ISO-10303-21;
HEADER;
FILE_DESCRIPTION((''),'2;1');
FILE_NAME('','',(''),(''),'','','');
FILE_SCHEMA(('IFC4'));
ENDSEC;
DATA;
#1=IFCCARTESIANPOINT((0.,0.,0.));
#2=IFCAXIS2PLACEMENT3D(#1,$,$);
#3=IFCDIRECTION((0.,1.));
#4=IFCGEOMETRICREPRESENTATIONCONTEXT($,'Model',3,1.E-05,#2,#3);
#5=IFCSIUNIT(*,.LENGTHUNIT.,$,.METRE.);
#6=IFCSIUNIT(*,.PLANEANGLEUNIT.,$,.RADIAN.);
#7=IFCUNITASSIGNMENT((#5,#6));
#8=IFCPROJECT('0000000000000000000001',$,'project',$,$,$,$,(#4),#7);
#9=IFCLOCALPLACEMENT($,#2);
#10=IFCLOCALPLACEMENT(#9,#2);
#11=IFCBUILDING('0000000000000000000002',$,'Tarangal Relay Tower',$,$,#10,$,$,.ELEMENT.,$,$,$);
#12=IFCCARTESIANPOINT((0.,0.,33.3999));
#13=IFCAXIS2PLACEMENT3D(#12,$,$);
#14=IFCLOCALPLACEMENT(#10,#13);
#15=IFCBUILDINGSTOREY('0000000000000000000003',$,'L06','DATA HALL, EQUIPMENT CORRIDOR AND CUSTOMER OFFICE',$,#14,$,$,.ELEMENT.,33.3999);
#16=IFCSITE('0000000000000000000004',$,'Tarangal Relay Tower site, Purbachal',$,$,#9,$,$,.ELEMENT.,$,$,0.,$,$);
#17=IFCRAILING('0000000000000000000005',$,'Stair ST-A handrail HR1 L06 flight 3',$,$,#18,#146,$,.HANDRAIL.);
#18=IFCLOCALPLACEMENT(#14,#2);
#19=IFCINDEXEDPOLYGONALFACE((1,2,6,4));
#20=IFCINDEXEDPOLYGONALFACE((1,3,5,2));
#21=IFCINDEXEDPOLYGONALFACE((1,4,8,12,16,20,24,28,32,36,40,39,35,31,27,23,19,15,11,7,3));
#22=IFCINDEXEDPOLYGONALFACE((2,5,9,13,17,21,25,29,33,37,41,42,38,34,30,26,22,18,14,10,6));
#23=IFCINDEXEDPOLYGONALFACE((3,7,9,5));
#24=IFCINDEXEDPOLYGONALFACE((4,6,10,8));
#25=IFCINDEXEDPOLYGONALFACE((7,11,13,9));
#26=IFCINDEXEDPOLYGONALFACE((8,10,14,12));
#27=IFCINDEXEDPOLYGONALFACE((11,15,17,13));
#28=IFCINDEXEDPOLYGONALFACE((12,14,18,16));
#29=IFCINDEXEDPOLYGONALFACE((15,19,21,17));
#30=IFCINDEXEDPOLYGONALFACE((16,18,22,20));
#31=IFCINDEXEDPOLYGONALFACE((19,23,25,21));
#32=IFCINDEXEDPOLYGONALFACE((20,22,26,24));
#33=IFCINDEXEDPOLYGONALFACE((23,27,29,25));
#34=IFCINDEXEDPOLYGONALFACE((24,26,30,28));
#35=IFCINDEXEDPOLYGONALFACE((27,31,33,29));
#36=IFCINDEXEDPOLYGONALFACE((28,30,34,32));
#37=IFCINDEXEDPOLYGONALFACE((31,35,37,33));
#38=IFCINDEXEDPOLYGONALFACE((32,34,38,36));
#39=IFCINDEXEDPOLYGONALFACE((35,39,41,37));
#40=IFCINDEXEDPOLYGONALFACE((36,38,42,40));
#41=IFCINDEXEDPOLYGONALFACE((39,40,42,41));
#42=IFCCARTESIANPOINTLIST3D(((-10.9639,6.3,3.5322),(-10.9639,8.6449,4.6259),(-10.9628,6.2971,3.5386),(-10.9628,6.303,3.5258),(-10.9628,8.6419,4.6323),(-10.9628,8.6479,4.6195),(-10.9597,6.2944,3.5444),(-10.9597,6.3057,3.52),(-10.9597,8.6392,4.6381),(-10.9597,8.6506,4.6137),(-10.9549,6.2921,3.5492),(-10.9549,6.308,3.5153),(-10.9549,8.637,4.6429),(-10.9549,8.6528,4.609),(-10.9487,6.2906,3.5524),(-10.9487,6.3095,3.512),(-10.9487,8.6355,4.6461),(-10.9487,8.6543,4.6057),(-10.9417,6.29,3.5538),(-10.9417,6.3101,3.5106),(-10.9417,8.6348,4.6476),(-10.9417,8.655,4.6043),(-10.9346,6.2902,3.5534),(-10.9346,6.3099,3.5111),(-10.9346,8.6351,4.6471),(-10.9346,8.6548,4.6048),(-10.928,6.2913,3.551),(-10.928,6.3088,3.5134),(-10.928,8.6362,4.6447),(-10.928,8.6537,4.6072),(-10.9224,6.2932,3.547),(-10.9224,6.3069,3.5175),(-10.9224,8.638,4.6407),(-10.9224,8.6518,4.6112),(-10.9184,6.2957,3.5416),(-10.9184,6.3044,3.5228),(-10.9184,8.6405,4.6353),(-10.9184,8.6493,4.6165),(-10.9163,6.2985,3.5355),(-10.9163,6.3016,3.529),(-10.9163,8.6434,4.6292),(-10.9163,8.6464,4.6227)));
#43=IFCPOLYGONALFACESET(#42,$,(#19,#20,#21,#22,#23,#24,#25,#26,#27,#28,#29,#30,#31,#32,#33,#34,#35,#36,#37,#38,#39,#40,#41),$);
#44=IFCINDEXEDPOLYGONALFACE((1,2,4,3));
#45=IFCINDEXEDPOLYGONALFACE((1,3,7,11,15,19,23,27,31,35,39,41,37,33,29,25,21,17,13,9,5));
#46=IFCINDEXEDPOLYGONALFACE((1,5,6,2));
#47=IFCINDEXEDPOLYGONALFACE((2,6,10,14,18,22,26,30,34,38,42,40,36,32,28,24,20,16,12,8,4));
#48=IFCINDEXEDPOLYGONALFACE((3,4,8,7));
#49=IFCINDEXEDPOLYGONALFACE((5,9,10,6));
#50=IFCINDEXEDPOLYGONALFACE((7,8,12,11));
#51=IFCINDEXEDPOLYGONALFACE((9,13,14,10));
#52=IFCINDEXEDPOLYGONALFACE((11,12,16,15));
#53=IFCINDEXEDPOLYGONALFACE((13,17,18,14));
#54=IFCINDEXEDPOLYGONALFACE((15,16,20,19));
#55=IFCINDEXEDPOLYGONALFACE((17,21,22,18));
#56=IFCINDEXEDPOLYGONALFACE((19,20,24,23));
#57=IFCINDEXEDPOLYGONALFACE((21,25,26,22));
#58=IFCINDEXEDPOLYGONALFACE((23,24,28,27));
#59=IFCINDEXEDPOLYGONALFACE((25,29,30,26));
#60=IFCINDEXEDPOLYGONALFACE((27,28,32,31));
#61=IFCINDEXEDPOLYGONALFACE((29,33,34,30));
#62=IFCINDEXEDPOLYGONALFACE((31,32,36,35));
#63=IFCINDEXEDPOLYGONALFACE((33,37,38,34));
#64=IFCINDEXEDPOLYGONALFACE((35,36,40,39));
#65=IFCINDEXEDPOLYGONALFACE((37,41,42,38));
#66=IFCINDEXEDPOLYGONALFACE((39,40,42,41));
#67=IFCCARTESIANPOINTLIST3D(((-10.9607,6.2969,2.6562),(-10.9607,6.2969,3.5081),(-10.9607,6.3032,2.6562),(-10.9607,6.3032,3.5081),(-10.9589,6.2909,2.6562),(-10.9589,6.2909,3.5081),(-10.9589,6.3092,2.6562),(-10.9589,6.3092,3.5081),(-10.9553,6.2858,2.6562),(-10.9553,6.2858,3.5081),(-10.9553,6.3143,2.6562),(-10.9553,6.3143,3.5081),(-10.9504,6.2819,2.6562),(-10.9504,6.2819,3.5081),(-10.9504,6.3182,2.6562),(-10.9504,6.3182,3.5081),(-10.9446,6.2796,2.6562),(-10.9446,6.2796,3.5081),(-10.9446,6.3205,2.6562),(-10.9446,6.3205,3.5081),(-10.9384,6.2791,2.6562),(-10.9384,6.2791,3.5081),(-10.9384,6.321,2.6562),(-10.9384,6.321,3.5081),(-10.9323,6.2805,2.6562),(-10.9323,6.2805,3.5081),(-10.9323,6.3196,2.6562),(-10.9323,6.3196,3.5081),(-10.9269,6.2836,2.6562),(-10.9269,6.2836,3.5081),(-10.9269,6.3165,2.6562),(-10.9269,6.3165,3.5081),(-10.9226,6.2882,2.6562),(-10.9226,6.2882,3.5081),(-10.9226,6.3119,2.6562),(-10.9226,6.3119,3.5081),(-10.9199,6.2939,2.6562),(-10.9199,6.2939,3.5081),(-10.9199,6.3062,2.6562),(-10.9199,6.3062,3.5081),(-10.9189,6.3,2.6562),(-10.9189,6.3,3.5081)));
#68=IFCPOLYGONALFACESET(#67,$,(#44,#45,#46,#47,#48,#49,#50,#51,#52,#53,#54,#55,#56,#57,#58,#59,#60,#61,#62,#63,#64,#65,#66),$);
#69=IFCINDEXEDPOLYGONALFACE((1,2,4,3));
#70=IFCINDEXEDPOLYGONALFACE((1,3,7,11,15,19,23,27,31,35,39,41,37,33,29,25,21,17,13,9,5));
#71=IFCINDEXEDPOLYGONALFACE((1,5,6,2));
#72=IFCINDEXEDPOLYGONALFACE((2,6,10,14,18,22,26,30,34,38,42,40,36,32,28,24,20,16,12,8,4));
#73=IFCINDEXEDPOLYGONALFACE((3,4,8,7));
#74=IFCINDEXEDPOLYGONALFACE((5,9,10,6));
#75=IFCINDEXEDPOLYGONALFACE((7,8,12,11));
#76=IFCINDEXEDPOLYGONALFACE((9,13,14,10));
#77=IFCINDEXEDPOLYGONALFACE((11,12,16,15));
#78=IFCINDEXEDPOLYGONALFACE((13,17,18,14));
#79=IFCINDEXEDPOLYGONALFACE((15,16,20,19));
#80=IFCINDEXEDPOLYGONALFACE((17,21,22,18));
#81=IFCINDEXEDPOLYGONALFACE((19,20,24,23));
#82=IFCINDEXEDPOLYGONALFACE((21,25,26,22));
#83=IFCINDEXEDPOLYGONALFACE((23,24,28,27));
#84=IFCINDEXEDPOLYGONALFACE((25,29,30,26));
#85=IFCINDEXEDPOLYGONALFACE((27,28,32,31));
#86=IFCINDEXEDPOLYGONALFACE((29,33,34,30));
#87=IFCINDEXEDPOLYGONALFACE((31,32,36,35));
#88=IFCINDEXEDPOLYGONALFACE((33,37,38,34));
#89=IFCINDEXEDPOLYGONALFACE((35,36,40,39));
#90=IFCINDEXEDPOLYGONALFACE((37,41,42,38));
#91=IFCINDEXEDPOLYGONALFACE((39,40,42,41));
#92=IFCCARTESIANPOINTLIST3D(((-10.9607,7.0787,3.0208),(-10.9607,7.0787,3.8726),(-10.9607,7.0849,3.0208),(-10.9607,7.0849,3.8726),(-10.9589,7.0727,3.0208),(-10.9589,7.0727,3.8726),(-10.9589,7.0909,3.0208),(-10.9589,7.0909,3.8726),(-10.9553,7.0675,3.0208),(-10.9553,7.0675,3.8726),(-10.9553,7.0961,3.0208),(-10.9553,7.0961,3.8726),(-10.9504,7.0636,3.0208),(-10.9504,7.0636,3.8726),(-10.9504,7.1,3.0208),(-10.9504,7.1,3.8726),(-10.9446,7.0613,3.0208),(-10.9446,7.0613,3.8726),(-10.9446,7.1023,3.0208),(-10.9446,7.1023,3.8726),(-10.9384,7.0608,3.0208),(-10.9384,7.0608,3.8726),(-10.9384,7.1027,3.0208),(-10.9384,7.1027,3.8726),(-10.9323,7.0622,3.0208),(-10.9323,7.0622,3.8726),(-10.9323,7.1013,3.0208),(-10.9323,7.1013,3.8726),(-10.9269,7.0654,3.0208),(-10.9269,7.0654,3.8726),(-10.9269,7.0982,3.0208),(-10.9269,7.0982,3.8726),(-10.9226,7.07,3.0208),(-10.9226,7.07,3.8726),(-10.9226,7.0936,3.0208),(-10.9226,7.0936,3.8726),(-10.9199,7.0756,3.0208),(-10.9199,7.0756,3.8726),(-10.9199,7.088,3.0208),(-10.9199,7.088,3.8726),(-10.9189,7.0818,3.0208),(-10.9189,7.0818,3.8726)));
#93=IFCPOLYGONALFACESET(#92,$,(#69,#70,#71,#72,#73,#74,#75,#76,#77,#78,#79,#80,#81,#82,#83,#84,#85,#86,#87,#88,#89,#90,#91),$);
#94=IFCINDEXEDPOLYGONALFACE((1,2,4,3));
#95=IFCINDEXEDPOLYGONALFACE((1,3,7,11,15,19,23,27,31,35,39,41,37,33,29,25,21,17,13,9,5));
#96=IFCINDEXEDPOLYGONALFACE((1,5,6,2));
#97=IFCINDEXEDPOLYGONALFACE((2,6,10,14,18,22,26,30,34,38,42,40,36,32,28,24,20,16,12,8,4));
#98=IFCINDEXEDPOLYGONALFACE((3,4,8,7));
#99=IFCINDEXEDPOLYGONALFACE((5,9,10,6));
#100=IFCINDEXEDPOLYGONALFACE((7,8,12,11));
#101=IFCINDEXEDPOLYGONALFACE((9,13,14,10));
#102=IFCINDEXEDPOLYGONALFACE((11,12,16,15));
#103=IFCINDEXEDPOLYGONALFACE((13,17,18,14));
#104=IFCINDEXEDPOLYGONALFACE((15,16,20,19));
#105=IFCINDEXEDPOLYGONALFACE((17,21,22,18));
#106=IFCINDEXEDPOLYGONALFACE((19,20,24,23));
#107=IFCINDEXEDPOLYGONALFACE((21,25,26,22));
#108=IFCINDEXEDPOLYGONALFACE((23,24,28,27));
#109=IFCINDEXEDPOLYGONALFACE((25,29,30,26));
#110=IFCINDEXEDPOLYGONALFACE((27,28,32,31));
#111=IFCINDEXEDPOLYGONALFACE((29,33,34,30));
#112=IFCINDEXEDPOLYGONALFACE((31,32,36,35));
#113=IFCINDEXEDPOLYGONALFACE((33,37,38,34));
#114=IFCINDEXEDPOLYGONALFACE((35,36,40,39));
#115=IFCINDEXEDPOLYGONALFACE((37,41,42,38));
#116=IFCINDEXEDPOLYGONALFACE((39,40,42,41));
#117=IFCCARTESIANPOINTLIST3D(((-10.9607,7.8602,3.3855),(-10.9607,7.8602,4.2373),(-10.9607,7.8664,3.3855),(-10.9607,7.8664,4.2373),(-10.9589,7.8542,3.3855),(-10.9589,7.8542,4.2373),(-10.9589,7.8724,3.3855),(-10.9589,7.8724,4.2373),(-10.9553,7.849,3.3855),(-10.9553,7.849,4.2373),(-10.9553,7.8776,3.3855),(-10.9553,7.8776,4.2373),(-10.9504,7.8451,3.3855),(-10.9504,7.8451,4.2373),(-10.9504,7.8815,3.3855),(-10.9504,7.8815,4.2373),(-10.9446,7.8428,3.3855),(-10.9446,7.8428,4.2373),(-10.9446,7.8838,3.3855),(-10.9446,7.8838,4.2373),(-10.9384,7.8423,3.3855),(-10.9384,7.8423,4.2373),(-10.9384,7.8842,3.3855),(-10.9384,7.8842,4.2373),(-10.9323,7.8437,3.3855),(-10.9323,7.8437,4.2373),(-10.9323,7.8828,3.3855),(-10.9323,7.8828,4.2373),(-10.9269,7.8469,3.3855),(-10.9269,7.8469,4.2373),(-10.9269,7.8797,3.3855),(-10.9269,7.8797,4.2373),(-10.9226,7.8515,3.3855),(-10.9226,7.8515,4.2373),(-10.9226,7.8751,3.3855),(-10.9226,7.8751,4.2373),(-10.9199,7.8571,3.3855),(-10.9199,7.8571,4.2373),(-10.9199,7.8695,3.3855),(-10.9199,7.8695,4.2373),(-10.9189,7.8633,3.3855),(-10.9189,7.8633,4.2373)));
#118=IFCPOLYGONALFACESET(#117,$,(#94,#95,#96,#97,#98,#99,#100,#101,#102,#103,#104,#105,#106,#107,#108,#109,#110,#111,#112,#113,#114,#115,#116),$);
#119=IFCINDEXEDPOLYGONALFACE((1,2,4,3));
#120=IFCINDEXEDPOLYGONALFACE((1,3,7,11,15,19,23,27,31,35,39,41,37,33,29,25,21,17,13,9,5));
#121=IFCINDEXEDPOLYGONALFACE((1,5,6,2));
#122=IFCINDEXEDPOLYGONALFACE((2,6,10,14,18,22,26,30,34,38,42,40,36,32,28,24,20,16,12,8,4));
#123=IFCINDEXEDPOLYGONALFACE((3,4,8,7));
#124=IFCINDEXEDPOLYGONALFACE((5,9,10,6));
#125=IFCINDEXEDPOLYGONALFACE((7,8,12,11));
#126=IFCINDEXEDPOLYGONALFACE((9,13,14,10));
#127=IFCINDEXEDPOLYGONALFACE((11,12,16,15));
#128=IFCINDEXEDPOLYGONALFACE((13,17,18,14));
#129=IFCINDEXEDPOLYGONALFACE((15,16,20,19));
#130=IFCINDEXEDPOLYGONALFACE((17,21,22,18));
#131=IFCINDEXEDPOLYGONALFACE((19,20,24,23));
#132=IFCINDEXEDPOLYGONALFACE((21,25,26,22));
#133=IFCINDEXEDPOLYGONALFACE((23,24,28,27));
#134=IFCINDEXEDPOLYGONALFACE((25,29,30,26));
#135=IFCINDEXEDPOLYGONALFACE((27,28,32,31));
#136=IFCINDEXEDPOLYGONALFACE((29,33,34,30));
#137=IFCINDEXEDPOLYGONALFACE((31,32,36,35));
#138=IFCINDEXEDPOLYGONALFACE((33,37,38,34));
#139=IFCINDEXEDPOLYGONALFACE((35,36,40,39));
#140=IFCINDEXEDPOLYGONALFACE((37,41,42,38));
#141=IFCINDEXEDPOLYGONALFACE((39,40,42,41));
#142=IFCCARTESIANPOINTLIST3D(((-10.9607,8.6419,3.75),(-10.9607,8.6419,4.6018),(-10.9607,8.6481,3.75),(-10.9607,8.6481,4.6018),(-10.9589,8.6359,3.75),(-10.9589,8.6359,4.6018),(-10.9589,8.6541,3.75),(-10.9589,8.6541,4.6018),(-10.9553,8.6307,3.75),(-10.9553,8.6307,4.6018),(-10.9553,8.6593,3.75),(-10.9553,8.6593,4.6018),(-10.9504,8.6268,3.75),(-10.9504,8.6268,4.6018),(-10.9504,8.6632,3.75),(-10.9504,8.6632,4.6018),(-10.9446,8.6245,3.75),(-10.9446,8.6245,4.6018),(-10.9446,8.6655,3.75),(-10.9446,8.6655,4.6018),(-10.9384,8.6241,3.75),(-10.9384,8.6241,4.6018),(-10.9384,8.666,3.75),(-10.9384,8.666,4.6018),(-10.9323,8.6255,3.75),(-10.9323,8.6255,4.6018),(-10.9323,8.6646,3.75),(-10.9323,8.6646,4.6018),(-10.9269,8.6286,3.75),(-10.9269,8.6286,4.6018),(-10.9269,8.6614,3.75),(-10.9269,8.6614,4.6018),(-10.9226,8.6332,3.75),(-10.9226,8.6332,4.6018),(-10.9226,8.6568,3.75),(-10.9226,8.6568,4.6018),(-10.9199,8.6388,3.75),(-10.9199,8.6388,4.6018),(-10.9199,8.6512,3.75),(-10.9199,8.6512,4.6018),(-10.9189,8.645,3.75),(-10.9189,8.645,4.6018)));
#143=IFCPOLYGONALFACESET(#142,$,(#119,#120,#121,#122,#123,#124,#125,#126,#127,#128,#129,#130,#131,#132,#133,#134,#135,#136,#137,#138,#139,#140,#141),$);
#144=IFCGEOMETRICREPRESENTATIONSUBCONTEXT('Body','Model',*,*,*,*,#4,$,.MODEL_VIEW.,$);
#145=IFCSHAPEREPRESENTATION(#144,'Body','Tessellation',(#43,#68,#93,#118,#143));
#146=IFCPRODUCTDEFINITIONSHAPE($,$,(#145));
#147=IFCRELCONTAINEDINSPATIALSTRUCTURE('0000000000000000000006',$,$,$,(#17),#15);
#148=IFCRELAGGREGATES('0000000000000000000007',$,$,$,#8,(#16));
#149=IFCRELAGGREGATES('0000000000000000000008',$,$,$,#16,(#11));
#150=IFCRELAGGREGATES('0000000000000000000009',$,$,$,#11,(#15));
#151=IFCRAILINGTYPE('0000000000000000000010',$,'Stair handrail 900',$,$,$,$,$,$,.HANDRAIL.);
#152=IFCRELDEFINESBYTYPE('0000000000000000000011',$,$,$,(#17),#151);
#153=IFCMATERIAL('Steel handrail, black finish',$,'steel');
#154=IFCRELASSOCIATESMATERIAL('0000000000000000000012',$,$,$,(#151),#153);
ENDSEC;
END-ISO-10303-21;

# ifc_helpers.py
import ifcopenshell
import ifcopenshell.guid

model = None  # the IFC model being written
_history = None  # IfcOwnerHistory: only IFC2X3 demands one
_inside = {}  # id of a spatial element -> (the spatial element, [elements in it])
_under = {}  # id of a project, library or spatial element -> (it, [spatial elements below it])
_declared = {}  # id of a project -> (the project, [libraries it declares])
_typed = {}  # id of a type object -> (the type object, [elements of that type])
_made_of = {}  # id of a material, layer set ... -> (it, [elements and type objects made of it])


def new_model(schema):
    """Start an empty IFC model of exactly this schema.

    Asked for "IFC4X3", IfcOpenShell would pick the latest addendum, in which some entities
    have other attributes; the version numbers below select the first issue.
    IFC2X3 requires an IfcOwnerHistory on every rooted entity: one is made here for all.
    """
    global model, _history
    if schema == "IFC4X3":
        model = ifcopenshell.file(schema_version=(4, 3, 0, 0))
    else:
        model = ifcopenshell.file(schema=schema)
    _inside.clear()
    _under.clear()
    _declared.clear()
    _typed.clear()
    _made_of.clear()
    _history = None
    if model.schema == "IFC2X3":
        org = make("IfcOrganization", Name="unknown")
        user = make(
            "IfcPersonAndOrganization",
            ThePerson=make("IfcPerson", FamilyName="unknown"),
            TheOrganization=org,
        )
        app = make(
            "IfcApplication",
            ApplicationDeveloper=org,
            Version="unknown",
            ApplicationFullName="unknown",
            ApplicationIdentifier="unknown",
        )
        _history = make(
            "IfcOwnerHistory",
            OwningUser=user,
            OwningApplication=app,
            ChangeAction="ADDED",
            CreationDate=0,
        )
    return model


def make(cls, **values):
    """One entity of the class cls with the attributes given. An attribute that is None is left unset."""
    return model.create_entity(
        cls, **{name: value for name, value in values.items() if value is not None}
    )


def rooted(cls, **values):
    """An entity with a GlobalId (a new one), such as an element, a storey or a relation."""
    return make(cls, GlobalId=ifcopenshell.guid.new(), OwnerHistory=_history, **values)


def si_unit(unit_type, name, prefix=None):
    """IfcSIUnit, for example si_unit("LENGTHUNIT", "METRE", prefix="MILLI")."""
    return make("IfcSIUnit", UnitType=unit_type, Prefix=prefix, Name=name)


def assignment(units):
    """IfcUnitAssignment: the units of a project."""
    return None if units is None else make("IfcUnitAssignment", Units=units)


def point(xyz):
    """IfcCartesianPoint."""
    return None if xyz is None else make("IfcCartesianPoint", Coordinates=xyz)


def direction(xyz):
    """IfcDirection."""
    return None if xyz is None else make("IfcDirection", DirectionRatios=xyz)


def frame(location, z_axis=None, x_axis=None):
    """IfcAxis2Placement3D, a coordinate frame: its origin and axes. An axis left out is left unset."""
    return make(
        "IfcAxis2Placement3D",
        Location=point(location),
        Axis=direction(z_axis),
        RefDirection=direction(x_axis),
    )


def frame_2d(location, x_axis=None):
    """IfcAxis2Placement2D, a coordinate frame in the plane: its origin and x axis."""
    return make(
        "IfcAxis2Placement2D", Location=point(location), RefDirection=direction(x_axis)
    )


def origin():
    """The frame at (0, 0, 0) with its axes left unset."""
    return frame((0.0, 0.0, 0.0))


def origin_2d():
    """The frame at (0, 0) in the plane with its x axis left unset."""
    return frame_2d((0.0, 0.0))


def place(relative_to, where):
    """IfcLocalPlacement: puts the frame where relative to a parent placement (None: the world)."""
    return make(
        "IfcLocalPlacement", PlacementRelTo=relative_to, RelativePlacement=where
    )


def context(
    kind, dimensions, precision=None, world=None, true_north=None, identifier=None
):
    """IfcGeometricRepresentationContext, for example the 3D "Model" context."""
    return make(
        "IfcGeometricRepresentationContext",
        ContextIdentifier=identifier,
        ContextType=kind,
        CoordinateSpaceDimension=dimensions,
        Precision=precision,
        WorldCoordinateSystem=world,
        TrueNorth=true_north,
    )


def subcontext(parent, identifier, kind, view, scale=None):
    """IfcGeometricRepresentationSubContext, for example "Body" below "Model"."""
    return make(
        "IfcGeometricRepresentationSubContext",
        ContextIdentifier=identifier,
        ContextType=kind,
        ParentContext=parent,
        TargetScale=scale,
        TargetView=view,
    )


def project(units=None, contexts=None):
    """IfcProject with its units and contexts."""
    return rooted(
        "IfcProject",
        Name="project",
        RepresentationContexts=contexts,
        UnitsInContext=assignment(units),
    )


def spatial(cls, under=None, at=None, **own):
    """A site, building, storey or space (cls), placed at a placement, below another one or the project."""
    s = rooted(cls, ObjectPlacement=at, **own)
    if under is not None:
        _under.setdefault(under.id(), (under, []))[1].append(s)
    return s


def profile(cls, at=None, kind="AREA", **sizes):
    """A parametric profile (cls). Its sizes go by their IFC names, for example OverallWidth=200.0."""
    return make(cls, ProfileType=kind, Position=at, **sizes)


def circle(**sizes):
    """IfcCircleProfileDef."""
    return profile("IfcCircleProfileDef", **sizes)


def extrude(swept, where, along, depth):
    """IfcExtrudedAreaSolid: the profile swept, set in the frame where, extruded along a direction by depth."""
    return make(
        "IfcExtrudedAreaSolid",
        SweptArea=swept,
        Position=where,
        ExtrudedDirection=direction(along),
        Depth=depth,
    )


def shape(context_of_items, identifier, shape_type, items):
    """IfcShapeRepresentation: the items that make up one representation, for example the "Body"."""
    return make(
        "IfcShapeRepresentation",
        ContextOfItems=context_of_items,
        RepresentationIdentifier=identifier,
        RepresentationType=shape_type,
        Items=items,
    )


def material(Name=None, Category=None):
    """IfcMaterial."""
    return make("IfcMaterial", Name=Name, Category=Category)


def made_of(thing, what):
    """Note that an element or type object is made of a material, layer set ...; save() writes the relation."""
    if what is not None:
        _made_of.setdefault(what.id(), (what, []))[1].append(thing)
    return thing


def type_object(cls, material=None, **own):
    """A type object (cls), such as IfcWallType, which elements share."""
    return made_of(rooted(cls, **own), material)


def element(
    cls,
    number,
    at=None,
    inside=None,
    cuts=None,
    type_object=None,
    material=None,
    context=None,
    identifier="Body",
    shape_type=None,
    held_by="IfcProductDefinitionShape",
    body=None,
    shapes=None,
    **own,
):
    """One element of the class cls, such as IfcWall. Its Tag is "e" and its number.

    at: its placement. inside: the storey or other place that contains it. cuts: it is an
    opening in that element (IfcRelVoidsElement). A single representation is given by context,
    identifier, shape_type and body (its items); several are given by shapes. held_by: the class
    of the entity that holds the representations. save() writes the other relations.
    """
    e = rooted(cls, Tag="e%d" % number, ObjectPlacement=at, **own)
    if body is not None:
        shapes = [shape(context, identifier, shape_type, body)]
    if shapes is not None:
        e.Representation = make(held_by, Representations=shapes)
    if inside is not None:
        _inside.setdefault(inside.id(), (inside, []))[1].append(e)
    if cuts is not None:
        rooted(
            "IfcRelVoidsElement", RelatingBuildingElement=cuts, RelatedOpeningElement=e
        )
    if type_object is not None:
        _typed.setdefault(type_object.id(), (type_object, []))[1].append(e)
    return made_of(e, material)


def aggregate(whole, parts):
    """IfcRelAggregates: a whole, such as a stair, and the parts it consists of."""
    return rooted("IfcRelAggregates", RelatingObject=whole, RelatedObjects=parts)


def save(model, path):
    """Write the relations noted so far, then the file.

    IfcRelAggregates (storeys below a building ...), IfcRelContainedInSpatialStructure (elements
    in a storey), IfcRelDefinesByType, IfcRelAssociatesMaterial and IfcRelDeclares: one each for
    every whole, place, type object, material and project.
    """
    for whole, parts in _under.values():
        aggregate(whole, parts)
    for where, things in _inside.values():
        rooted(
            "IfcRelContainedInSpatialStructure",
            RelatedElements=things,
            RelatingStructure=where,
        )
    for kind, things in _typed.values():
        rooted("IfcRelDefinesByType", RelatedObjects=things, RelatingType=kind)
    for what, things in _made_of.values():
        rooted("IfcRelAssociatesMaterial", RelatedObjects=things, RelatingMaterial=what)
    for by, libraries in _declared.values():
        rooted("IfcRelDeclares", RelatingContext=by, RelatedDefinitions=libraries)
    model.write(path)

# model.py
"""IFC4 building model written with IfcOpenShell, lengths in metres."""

from ifc_helpers import new_model, si_unit, direction, frame, origin, origin_2d, place, context, subcontext, project, spatial, circle, extrude, material, type_object, element, save


model = new_model("IFC4")

# Units and contexts
model_context = context("Model", 3, precision=1e-05, world=origin(), true_north=direction((0.0, 1.0)))
body_context = subcontext(model_context, "Body", "Model", "MODEL_VIEW")
ifc_project = project(units=[si_unit("LENGTHUNIT", "METRE"), si_unit("PLANEANGLEUNIT", "RADIAN")], contexts=[model_context])

# Site, building, storey
site_placement = place(None, origin())
site = spatial("IfcSite", under=ifc_project, at=site_placement, Name="Tarangal Relay Tower site, Purbachal", CompositionType="ELEMENT", RefElevation=0.0)
building_placement = place(site_placement, origin())
building = spatial("IfcBuilding", under=site, at=building_placement, Name="Tarangal Relay Tower", CompositionType="ELEMENT")
storey_placement = place(building_placement, frame((0.0, 0.0, 33.3999)))
storey = spatial("IfcBuildingStorey", under=building, at=storey_placement, Name="L06", Description="DATA HALL, EQUIPMENT CORRIDOR AND CUSTOMER OFFICE", CompositionType="ELEMENT", Elevation=33.3999)

# Railing
ifc_material_1 = material(Name="Steel handrail, black finish", Category="steel")
railing_type_1 = type_object("IfcRailingType", Name="Stair handrail 900", PredefinedType="HANDRAIL", material=ifc_material_1)
for number, where, name in (
    (1, (-10.9399, 6.3, 2.6562), "Stair ST-A handrail HR1 L06 flight 3"),
):
    element("IfcRailing", number, at=place(storey_placement, frame(where)), inside=storey, type_object=railing_type_1, Name=name, PredefinedType="HANDRAIL", context=body_context, shape_type="SweptSolid", body=[
        extrude(circle(Radius=0.0239, at=origin_2d()), frame((0.0, 0.0, 0.876), z_axis=(0.0, 0.906267, 0.422705), x_axis=(-1.0, 0.0, 0.0)), (0.0, 0.0, 1.0), 2.5874),
        extrude(circle(Radius=0.021, at=origin_2d()), origin(), (0.0, 0.0, 1.0), 0.8518),
        extrude(circle(Radius=0.021, at=origin_2d()), frame((0.0, 0.7817, 0.3645)), (0.0, 0.0, 1.0), 0.8518),
        extrude(circle(Radius=0.021, at=origin_2d()), frame((0.0, 1.5632, 0.7292)), (0.0, 0.0, 1.0), 0.8518),
        extrude(circle(Radius=0.021, at=origin_2d()), frame((0.0, 2.345, 1.0938)), (0.0, 0.0, 1.0), 0.8518),
    ])

save(model, "model.ifc")
